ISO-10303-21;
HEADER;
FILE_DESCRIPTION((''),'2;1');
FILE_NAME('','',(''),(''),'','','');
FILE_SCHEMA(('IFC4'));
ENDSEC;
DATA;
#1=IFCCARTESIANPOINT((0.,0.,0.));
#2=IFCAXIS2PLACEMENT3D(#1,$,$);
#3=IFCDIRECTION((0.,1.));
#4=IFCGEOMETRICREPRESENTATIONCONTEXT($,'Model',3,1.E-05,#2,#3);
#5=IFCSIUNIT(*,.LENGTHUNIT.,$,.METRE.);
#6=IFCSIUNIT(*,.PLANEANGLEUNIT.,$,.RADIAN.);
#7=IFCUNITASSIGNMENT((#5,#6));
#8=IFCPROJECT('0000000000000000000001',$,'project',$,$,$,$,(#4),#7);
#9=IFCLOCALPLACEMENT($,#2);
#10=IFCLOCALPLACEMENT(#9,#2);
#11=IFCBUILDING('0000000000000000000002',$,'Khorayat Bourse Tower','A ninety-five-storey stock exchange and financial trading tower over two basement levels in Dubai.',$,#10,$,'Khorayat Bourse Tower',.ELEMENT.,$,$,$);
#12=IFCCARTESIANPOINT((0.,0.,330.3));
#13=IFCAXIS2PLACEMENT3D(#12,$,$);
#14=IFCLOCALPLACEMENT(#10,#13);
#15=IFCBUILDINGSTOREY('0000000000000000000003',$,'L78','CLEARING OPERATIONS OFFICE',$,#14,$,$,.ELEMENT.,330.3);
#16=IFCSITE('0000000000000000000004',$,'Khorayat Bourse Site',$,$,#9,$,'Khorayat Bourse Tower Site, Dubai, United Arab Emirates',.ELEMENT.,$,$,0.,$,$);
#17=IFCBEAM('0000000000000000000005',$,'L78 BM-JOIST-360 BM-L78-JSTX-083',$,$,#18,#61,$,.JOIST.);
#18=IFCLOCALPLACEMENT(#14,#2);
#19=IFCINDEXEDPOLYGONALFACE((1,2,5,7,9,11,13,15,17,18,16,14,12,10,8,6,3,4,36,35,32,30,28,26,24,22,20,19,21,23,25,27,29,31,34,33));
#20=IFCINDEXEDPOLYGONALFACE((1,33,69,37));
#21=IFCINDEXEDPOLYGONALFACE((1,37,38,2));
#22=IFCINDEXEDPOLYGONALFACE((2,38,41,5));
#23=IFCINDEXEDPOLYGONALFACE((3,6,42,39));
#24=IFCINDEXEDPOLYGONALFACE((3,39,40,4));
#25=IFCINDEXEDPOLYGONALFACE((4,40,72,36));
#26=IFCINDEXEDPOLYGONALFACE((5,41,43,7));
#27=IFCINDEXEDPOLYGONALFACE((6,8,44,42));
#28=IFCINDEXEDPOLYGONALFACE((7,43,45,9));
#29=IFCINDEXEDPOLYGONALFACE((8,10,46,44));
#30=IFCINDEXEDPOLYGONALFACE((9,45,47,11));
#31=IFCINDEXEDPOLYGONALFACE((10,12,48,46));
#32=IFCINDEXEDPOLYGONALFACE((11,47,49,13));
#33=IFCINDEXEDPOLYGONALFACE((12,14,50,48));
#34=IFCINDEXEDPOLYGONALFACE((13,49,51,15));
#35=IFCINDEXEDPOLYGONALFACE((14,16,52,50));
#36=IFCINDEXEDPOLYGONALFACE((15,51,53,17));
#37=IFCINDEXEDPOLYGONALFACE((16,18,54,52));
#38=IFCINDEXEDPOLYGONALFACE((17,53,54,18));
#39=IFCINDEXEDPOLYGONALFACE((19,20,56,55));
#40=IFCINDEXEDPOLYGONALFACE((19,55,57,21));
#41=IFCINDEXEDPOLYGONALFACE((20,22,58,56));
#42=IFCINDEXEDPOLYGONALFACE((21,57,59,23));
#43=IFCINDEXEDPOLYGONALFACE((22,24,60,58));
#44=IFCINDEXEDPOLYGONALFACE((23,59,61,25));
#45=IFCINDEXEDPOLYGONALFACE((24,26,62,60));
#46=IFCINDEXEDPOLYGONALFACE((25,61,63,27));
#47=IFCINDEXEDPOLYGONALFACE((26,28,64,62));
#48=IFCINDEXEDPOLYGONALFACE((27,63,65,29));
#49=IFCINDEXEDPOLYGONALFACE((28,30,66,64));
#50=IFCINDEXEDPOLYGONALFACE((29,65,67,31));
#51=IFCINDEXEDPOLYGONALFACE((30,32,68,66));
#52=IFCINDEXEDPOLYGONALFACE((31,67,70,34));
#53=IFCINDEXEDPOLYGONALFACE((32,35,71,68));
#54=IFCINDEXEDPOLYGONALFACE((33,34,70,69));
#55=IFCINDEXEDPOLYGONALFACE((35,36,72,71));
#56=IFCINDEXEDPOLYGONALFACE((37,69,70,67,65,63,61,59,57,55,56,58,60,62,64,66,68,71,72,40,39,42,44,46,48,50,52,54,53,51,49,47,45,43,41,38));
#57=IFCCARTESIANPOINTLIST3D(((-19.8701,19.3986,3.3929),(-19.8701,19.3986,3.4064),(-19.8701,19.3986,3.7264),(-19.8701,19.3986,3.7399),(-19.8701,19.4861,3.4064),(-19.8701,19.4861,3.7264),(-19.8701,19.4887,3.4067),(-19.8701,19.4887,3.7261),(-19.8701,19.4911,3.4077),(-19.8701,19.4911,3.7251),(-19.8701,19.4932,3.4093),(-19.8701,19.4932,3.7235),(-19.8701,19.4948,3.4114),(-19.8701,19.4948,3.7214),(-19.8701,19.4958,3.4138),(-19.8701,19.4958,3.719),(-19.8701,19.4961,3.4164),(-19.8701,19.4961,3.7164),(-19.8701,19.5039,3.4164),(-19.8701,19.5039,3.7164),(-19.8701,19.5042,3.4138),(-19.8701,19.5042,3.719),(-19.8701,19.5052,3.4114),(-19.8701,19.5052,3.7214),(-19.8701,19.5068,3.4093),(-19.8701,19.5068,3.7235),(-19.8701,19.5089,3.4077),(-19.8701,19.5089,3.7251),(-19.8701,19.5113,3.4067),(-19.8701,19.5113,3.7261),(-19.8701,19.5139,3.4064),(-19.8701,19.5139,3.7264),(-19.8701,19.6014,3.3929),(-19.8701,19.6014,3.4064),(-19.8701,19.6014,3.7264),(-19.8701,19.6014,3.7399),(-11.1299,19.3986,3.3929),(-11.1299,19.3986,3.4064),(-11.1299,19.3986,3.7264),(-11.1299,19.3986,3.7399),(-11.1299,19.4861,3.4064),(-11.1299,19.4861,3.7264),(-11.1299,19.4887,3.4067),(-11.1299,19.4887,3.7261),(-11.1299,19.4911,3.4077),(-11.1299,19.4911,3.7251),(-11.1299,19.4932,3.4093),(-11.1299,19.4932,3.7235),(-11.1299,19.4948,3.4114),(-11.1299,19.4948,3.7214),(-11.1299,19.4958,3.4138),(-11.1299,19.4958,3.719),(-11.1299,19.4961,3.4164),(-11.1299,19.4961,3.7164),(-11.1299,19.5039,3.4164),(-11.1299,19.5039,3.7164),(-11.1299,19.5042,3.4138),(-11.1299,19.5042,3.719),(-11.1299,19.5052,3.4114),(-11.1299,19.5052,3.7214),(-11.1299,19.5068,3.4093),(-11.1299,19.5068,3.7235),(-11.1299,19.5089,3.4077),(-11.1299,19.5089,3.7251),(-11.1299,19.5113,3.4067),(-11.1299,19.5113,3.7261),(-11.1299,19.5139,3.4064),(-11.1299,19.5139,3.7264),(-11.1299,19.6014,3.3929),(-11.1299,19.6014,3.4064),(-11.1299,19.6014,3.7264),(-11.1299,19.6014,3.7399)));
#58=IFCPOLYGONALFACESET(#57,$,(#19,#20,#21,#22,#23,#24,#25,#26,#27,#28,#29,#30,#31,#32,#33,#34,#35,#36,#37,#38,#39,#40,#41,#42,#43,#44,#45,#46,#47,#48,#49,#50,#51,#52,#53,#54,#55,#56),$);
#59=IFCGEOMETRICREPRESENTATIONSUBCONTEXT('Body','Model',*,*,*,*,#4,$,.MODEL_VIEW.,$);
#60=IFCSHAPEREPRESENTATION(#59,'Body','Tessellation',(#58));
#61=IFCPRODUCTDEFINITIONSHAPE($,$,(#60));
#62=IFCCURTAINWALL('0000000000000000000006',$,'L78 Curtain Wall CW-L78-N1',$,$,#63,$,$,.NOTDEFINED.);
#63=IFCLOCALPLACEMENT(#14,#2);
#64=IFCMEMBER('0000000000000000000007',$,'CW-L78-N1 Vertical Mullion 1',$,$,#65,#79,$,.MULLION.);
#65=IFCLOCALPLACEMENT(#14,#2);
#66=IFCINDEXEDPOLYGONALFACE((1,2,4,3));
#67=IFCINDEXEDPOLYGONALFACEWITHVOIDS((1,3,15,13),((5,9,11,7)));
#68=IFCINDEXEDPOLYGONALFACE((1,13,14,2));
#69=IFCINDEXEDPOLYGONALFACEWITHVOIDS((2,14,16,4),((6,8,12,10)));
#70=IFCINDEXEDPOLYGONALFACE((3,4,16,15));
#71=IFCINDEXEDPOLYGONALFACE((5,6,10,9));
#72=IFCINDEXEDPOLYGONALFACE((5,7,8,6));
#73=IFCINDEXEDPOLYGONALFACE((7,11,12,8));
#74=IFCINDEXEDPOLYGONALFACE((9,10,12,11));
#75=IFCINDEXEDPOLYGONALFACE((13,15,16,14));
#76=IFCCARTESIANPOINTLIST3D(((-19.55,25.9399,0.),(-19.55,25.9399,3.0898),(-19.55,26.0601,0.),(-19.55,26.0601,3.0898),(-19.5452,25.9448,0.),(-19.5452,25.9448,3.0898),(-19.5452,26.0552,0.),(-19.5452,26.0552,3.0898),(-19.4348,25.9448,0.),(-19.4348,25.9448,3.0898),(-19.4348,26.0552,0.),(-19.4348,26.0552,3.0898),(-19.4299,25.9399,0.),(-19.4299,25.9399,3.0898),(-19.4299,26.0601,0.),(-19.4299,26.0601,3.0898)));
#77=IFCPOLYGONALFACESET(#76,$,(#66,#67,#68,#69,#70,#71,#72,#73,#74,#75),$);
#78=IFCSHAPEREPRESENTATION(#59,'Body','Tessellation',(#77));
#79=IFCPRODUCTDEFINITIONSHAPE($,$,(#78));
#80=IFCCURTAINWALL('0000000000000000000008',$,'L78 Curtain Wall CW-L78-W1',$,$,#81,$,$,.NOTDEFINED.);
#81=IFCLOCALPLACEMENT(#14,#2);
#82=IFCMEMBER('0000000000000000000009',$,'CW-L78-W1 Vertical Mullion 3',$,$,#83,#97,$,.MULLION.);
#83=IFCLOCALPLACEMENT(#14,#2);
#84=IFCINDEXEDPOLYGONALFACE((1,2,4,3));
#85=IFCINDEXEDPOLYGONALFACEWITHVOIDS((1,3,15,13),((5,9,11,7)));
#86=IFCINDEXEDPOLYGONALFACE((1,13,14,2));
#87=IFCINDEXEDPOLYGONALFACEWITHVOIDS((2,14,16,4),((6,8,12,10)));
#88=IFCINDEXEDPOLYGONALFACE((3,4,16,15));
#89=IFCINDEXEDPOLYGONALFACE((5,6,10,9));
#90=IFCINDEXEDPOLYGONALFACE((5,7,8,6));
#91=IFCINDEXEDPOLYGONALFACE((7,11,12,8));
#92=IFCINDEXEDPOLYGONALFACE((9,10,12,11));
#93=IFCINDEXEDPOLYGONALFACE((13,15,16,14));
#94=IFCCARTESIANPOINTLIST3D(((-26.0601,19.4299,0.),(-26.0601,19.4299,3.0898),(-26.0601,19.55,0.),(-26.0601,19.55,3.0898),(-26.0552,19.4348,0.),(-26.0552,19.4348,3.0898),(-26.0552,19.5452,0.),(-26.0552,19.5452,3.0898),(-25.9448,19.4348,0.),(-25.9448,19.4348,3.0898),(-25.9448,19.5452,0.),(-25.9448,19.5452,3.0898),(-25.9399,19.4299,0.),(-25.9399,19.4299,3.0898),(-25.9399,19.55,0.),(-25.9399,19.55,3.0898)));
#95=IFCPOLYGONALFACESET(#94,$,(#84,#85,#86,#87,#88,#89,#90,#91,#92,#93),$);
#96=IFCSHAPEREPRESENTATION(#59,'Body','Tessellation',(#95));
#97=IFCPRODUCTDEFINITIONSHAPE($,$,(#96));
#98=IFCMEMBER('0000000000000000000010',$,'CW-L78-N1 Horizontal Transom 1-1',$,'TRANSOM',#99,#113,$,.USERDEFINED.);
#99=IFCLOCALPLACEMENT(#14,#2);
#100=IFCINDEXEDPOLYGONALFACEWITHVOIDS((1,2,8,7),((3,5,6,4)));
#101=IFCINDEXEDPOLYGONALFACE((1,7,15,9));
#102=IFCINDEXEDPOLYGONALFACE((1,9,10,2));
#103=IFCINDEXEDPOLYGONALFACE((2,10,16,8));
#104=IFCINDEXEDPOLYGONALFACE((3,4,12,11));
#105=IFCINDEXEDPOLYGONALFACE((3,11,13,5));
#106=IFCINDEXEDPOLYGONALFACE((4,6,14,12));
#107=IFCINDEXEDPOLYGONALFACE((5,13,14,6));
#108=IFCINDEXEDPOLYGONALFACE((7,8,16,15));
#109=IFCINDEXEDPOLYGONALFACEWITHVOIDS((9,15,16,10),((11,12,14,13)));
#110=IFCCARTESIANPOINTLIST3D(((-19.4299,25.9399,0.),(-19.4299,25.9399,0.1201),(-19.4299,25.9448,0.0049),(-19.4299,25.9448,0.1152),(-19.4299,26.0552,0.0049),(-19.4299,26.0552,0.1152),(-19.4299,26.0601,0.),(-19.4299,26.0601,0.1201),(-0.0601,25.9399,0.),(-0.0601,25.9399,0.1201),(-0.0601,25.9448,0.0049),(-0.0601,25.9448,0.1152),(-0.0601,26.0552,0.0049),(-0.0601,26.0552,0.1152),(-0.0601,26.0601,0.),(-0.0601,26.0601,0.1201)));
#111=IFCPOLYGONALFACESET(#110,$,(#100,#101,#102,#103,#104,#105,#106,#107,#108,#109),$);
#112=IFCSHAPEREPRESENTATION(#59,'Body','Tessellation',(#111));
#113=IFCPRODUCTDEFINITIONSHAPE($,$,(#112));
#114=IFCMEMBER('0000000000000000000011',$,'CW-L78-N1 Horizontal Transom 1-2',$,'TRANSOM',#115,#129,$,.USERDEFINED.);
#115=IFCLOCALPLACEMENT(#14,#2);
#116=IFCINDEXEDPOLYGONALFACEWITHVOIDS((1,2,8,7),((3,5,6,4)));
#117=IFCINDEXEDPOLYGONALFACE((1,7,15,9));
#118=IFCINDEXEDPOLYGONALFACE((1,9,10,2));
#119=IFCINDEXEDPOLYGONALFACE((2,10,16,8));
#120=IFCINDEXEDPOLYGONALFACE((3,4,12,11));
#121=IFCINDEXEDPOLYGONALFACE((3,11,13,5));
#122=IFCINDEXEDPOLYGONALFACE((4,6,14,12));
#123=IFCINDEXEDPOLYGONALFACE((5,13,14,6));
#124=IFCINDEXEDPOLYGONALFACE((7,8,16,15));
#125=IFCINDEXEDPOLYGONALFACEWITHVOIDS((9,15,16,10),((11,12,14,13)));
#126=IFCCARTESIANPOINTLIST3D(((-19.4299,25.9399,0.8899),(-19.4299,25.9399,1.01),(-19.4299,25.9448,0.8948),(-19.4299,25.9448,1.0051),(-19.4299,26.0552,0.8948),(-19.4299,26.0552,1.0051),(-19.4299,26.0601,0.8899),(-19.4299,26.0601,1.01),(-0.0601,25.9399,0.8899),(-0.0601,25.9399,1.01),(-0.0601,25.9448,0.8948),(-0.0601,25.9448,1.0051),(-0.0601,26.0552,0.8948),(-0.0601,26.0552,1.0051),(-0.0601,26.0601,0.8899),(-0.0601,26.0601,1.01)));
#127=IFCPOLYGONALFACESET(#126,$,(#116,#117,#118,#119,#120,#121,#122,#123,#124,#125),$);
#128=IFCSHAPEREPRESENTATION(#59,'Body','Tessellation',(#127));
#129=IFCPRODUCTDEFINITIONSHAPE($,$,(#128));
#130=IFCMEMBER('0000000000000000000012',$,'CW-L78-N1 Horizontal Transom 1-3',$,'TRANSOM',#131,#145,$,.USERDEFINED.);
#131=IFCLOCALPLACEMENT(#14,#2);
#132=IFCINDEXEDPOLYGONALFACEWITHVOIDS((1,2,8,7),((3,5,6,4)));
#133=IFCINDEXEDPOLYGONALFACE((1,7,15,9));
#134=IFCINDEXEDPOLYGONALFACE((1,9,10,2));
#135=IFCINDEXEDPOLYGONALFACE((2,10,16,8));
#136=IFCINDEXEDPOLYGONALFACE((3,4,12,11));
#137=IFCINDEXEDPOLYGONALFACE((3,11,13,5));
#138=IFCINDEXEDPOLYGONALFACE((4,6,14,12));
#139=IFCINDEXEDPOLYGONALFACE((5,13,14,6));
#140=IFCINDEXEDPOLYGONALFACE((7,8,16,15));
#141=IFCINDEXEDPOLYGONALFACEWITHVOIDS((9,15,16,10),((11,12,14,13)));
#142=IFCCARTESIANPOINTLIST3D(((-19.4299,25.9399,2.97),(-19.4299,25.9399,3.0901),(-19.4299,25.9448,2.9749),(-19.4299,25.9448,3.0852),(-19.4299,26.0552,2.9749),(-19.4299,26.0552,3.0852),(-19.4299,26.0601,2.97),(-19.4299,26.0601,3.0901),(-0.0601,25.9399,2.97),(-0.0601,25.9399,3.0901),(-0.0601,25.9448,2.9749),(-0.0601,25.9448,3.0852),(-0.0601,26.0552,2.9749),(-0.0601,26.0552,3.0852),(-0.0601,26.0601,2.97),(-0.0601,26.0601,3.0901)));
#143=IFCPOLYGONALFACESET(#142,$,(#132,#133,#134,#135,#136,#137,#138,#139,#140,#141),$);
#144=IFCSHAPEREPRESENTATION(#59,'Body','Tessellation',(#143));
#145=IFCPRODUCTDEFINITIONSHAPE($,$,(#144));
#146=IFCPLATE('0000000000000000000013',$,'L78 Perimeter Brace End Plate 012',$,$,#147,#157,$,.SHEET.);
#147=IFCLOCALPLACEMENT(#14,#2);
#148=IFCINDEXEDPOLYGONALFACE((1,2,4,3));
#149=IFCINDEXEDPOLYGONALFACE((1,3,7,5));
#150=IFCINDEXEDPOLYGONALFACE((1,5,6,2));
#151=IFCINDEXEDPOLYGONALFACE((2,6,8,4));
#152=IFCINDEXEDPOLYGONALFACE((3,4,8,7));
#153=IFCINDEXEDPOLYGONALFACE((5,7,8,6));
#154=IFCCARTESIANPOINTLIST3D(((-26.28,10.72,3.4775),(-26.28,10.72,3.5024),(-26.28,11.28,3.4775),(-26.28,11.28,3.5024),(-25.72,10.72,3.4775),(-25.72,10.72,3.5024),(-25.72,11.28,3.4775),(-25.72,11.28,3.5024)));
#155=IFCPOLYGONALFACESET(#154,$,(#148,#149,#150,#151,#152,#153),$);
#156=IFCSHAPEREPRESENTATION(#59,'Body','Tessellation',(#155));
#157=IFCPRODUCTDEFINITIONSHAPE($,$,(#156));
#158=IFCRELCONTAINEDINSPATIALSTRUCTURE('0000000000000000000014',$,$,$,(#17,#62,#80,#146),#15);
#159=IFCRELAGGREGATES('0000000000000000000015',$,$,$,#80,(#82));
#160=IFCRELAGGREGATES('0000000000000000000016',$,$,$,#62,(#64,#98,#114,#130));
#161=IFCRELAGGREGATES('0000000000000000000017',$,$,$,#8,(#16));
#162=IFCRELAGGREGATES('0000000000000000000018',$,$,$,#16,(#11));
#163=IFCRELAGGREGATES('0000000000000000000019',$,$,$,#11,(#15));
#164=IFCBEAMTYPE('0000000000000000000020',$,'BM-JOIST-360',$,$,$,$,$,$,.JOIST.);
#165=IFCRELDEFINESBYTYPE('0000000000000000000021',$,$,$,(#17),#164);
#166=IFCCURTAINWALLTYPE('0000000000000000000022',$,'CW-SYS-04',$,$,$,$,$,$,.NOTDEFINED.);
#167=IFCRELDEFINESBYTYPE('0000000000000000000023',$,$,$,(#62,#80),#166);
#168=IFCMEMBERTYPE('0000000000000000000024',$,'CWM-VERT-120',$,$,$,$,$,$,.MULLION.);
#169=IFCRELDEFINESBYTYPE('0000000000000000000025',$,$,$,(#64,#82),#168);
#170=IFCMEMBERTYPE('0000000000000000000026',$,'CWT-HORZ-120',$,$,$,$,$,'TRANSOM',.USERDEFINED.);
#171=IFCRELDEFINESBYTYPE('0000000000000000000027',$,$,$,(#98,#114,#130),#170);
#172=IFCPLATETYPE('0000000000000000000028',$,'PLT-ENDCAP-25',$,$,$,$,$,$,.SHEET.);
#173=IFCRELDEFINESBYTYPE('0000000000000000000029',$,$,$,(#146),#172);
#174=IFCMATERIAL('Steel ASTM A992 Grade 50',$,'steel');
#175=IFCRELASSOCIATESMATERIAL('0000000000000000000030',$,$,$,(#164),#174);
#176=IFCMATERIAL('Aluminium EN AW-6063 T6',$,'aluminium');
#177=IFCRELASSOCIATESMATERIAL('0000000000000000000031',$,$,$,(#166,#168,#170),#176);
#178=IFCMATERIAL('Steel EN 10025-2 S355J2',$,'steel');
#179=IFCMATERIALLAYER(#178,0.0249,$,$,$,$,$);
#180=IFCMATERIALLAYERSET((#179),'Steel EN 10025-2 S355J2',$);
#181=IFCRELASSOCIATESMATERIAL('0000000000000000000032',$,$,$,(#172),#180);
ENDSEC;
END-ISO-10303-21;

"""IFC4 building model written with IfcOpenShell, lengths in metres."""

from ifc_helpers import new_model, si_unit, direction, frame, origin, origin_2d, place, context, subcontext, project, spatial, rectangle, hollow_rectangle, i_section, extrude, source, transform, mapped, material, layer, layer_set, material_profile, profile_set, type_object, element, aggregate, save


model = new_model("IFC4")

# Units and contexts
model_context = context("Model", 3, precision=1e-05, world=origin(), true_north=direction((0.0, 1.0)))
body_context = subcontext(model_context, "Body", "Model", "MODEL_VIEW")
ifc_project = project(units=[si_unit("LENGTHUNIT", "METRE"), si_unit("PLANEANGLEUNIT", "RADIAN")], contexts=[model_context])

# Site, building, storey
site_placement = place(None, origin())
site = spatial("IfcSite", under=ifc_project, at=site_placement, Name="Khorayat Bourse Site", LongName="Khorayat Bourse Tower Site, Dubai, United Arab Emirates", CompositionType="ELEMENT", RefElevation=0.0)
building_placement = place(site_placement, origin())
building = spatial("IfcBuilding", under=site, at=building_placement, Name="Khorayat Bourse Tower", Description="A ninety-five-storey stock exchange and financial trading tower over two basement levels in Dubai.", LongName="Khorayat Bourse Tower", CompositionType="ELEMENT")
storey_placement = place(building_placement, frame((0.0, 0.0, 330.3)))
storey = spatial("IfcBuildingStorey", under=building, at=storey_placement, Name="L78", Description="CLEARING OPERATIONS OFFICE", CompositionType="ELEMENT", Elevation=330.3)

# Shared definitions
ifc_material_1 = material(Name="Steel EN 10025-2 S355J2", Category="steel")

# Beam
ifc_material_2 = material(Name="Steel ASTM A992 Grade 50", Category="steel")
ifc_material_profile_1 = material_profile(ifc_material_2, i_section(OverallWidth=0.2029, OverallDepth=0.3469, WebThickness=0.0078, FlangeThickness=0.0134, FilletRadius=0.01, at=origin_2d()), Name="W360X64")
ifc_profile_set_1 = profile_set([ifc_material_profile_1], Name="Steel ASTM A992 Grade 50")
beam_type_1 = type_object("IfcBeamType", Name="BM-JOIST-360", PredefinedType="JOIST", material=ifc_profile_set_1)
shared_shape_1 = source(origin(), body_context, "Body", "SweptSolid", [
    extrude(i_section(OverallWidth=0.2029, OverallDepth=0.3469, WebThickness=0.0078, FlangeThickness=0.0134, FilletRadius=0.01, at=origin_2d()), origin(), (0.0, 0.0, 1.0), 8.7402),
])
beam_1_placement = place(storey_placement, frame((-19.8701, 19.5, 3.5664), z_axis=(1.0, 0.0, 0.0), x_axis=(0.0, 1.0, 0.0)))
element("IfcBeam", 1, at=beam_1_placement, inside=storey, type_object=beam_type_1, Name="L78 BM-JOIST-360 BM-L78-JSTX-083", PredefinedType="JOIST", context=body_context, shape_type="MappedRepresentation", body=[
    mapped(shared_shape_1, transform((0.0, 0.0, 0.0), scale=1.0)),
])

# Curtain walls, members
ifc_material_3 = material(Name="Aluminium EN AW-6063 T6", Category="aluminium")
curtain_wall_type = type_object("IfcCurtainWallType", Name="CW-SYS-04", PredefinedType="NOTDEFINED", material=ifc_material_3)
curtain_wall_1_placement = place(storey_placement, origin())
curtain_wall_1 = element("IfcCurtainWall", 2, at=curtain_wall_1_placement, inside=storey, type_object=curtain_wall_type, Name="L78 Curtain Wall CW-L78-N1", PredefinedType="NOTDEFINED")
ifc_material_profile_2 = material_profile(ifc_material_3, hollow_rectangle(XDim=0.1201, YDim=0.1201, WallThickness=0.0049, at=origin_2d()), Name="ALU 120x120x5")
ifc_profile_set_2 = profile_set([ifc_material_profile_2], Name="Aluminium EN AW-6063 T6")
member_type_1 = type_object("IfcMemberType", Name="CWM-VERT-120", PredefinedType="MULLION", material=ifc_profile_set_2)
shared_shape_2 = source(origin(), body_context, "Body", "SweptSolid", [
    extrude(hollow_rectangle(XDim=0.1201, YDim=0.1201, WallThickness=0.0049, at=origin_2d()), origin(), (0.0, 0.0, 1.0), 3.0898),
])
member_1_placement = place(storey_placement, frame((-19.49, 26.0, 0.0), z_axis=(0.0, 0.0, 1.0), x_axis=(0.0, 1.0, 0.0)))
member_1 = element("IfcMember", 3, at=member_1_placement, type_object=member_type_1, Name="CW-L78-N1 Vertical Mullion 1", PredefinedType="MULLION", context=body_context, shape_type="MappedRepresentation", body=[
    mapped(shared_shape_2, transform((0.0, 0.0, 0.0), scale=1.0)),
])
curtain_wall_2_placement = place(storey_placement, origin())
curtain_wall_2 = element("IfcCurtainWall", 4, at=curtain_wall_2_placement, inside=storey, type_object=curtain_wall_type, Name="L78 Curtain Wall CW-L78-W1", PredefinedType="NOTDEFINED")
member_2_placement = place(storey_placement, frame((-26.0, 19.49, 0.0), z_axis=(0.0, 0.0, 1.0), x_axis=(-1.0, 0.0, 0.0)))
member_2 = element("IfcMember", 5, at=member_2_placement, type_object=member_type_1, Name="CW-L78-W1 Vertical Mullion 3", PredefinedType="MULLION", context=body_context, shape_type="MappedRepresentation", body=[
    mapped(shared_shape_2, transform((0.0, 0.0, 0.0), scale=1.0)),
])
aggregate(curtain_wall_2, [member_2])

# Members
ifc_material_profile_3 = material_profile(ifc_material_3, hollow_rectangle(XDim=0.1201, YDim=0.1201, WallThickness=0.0049, at=origin_2d()), Name="ALU 120x120x5")
ifc_profile_set_3 = profile_set([ifc_material_profile_3], Name="Aluminium EN AW-6063 T6")
member_type_2 = type_object("IfcMemberType", Name="CWT-HORZ-120", ElementType="TRANSOM", PredefinedType="USERDEFINED", material=ifc_profile_set_3)
shared_shape_3 = source(origin(), body_context, "Body", "SweptSolid", [
    extrude(hollow_rectangle(XDim=0.1201, YDim=0.1201, WallThickness=0.0049, at=origin_2d()), origin(), (0.0, 0.0, 1.0), 19.3699),
])
member_3_placement = place(storey_placement, frame((-19.4299, 26.0, 0.0601), z_axis=(1.0, 0.0, 0.0), x_axis=(0.0, 1.0, 0.0)))
member_3 = element("IfcMember", 6, at=member_3_placement, type_object=member_type_2, Name="CW-L78-N1 Horizontal Transom 1-1", ObjectType="TRANSOM", PredefinedType="USERDEFINED", context=body_context, shape_type="MappedRepresentation", body=[
    mapped(shared_shape_3, transform((0.0, 0.0, 0.0), scale=1.0)),
])
member_4_placement = place(storey_placement, frame((-19.4299, 26.0, 0.95), z_axis=(1.0, 0.0, 0.0), x_axis=(0.0, 1.0, 0.0)))
member_4 = element("IfcMember", 7, at=member_4_placement, type_object=member_type_2, Name="CW-L78-N1 Horizontal Transom 1-2", ObjectType="TRANSOM", PredefinedType="USERDEFINED", context=body_context, shape_type="MappedRepresentation", body=[
    mapped(shared_shape_3, transform((0.0, 0.0, 0.0), scale=1.0)),
])
member_5_placement = place(storey_placement, frame((-19.4299, 26.0, 3.03), z_axis=(1.0, 0.0, 0.0), x_axis=(0.0, 1.0, 0.0)))
member_5 = element("IfcMember", 8, at=member_5_placement, type_object=member_type_2, Name="CW-L78-N1 Horizontal Transom 1-3", ObjectType="TRANSOM", PredefinedType="USERDEFINED", context=body_context, shape_type="MappedRepresentation", body=[
    mapped(shared_shape_3, transform((0.0, 0.0, 0.0), scale=1.0)),
])
aggregate(curtain_wall_1, [member_1, member_3, member_4, member_5])

# Plate
ifc_layer_1 = layer(ifc_material_1, 0.0249)
ifc_layer_set_1 = layer_set([ifc_layer_1], Name="Steel EN 10025-2 S355J2")
plate_type = type_object("IfcPlateType", Name="PLT-ENDCAP-25", PredefinedType="SHEET", material=ifc_layer_set_1)
shared_shape_4 = source(origin(), body_context, "Body", "SweptSolid", [
    extrude(rectangle(XDim=0.5601, YDim=0.5601, at=origin_2d()), origin(), (0.0, 0.0, 1.0), 0.0249),
])
plate_placement = place(storey_placement, frame((-26.0, 11.0, 3.4775), z_axis=(0.0, 0.0, 1.0), x_axis=(1.0, 0.0, 0.0)))
element("IfcPlate", 9, at=plate_placement, inside=storey, type_object=plate_type, Name="L78 Perimeter Brace End Plate 012", PredefinedType="SHEET", context=body_context, shape_type="MappedRepresentation", body=[
    mapped(shared_shape_4, transform((0.0, 0.0, 0.0), scale=1.0)),
])

save(model, "model.ifc")
